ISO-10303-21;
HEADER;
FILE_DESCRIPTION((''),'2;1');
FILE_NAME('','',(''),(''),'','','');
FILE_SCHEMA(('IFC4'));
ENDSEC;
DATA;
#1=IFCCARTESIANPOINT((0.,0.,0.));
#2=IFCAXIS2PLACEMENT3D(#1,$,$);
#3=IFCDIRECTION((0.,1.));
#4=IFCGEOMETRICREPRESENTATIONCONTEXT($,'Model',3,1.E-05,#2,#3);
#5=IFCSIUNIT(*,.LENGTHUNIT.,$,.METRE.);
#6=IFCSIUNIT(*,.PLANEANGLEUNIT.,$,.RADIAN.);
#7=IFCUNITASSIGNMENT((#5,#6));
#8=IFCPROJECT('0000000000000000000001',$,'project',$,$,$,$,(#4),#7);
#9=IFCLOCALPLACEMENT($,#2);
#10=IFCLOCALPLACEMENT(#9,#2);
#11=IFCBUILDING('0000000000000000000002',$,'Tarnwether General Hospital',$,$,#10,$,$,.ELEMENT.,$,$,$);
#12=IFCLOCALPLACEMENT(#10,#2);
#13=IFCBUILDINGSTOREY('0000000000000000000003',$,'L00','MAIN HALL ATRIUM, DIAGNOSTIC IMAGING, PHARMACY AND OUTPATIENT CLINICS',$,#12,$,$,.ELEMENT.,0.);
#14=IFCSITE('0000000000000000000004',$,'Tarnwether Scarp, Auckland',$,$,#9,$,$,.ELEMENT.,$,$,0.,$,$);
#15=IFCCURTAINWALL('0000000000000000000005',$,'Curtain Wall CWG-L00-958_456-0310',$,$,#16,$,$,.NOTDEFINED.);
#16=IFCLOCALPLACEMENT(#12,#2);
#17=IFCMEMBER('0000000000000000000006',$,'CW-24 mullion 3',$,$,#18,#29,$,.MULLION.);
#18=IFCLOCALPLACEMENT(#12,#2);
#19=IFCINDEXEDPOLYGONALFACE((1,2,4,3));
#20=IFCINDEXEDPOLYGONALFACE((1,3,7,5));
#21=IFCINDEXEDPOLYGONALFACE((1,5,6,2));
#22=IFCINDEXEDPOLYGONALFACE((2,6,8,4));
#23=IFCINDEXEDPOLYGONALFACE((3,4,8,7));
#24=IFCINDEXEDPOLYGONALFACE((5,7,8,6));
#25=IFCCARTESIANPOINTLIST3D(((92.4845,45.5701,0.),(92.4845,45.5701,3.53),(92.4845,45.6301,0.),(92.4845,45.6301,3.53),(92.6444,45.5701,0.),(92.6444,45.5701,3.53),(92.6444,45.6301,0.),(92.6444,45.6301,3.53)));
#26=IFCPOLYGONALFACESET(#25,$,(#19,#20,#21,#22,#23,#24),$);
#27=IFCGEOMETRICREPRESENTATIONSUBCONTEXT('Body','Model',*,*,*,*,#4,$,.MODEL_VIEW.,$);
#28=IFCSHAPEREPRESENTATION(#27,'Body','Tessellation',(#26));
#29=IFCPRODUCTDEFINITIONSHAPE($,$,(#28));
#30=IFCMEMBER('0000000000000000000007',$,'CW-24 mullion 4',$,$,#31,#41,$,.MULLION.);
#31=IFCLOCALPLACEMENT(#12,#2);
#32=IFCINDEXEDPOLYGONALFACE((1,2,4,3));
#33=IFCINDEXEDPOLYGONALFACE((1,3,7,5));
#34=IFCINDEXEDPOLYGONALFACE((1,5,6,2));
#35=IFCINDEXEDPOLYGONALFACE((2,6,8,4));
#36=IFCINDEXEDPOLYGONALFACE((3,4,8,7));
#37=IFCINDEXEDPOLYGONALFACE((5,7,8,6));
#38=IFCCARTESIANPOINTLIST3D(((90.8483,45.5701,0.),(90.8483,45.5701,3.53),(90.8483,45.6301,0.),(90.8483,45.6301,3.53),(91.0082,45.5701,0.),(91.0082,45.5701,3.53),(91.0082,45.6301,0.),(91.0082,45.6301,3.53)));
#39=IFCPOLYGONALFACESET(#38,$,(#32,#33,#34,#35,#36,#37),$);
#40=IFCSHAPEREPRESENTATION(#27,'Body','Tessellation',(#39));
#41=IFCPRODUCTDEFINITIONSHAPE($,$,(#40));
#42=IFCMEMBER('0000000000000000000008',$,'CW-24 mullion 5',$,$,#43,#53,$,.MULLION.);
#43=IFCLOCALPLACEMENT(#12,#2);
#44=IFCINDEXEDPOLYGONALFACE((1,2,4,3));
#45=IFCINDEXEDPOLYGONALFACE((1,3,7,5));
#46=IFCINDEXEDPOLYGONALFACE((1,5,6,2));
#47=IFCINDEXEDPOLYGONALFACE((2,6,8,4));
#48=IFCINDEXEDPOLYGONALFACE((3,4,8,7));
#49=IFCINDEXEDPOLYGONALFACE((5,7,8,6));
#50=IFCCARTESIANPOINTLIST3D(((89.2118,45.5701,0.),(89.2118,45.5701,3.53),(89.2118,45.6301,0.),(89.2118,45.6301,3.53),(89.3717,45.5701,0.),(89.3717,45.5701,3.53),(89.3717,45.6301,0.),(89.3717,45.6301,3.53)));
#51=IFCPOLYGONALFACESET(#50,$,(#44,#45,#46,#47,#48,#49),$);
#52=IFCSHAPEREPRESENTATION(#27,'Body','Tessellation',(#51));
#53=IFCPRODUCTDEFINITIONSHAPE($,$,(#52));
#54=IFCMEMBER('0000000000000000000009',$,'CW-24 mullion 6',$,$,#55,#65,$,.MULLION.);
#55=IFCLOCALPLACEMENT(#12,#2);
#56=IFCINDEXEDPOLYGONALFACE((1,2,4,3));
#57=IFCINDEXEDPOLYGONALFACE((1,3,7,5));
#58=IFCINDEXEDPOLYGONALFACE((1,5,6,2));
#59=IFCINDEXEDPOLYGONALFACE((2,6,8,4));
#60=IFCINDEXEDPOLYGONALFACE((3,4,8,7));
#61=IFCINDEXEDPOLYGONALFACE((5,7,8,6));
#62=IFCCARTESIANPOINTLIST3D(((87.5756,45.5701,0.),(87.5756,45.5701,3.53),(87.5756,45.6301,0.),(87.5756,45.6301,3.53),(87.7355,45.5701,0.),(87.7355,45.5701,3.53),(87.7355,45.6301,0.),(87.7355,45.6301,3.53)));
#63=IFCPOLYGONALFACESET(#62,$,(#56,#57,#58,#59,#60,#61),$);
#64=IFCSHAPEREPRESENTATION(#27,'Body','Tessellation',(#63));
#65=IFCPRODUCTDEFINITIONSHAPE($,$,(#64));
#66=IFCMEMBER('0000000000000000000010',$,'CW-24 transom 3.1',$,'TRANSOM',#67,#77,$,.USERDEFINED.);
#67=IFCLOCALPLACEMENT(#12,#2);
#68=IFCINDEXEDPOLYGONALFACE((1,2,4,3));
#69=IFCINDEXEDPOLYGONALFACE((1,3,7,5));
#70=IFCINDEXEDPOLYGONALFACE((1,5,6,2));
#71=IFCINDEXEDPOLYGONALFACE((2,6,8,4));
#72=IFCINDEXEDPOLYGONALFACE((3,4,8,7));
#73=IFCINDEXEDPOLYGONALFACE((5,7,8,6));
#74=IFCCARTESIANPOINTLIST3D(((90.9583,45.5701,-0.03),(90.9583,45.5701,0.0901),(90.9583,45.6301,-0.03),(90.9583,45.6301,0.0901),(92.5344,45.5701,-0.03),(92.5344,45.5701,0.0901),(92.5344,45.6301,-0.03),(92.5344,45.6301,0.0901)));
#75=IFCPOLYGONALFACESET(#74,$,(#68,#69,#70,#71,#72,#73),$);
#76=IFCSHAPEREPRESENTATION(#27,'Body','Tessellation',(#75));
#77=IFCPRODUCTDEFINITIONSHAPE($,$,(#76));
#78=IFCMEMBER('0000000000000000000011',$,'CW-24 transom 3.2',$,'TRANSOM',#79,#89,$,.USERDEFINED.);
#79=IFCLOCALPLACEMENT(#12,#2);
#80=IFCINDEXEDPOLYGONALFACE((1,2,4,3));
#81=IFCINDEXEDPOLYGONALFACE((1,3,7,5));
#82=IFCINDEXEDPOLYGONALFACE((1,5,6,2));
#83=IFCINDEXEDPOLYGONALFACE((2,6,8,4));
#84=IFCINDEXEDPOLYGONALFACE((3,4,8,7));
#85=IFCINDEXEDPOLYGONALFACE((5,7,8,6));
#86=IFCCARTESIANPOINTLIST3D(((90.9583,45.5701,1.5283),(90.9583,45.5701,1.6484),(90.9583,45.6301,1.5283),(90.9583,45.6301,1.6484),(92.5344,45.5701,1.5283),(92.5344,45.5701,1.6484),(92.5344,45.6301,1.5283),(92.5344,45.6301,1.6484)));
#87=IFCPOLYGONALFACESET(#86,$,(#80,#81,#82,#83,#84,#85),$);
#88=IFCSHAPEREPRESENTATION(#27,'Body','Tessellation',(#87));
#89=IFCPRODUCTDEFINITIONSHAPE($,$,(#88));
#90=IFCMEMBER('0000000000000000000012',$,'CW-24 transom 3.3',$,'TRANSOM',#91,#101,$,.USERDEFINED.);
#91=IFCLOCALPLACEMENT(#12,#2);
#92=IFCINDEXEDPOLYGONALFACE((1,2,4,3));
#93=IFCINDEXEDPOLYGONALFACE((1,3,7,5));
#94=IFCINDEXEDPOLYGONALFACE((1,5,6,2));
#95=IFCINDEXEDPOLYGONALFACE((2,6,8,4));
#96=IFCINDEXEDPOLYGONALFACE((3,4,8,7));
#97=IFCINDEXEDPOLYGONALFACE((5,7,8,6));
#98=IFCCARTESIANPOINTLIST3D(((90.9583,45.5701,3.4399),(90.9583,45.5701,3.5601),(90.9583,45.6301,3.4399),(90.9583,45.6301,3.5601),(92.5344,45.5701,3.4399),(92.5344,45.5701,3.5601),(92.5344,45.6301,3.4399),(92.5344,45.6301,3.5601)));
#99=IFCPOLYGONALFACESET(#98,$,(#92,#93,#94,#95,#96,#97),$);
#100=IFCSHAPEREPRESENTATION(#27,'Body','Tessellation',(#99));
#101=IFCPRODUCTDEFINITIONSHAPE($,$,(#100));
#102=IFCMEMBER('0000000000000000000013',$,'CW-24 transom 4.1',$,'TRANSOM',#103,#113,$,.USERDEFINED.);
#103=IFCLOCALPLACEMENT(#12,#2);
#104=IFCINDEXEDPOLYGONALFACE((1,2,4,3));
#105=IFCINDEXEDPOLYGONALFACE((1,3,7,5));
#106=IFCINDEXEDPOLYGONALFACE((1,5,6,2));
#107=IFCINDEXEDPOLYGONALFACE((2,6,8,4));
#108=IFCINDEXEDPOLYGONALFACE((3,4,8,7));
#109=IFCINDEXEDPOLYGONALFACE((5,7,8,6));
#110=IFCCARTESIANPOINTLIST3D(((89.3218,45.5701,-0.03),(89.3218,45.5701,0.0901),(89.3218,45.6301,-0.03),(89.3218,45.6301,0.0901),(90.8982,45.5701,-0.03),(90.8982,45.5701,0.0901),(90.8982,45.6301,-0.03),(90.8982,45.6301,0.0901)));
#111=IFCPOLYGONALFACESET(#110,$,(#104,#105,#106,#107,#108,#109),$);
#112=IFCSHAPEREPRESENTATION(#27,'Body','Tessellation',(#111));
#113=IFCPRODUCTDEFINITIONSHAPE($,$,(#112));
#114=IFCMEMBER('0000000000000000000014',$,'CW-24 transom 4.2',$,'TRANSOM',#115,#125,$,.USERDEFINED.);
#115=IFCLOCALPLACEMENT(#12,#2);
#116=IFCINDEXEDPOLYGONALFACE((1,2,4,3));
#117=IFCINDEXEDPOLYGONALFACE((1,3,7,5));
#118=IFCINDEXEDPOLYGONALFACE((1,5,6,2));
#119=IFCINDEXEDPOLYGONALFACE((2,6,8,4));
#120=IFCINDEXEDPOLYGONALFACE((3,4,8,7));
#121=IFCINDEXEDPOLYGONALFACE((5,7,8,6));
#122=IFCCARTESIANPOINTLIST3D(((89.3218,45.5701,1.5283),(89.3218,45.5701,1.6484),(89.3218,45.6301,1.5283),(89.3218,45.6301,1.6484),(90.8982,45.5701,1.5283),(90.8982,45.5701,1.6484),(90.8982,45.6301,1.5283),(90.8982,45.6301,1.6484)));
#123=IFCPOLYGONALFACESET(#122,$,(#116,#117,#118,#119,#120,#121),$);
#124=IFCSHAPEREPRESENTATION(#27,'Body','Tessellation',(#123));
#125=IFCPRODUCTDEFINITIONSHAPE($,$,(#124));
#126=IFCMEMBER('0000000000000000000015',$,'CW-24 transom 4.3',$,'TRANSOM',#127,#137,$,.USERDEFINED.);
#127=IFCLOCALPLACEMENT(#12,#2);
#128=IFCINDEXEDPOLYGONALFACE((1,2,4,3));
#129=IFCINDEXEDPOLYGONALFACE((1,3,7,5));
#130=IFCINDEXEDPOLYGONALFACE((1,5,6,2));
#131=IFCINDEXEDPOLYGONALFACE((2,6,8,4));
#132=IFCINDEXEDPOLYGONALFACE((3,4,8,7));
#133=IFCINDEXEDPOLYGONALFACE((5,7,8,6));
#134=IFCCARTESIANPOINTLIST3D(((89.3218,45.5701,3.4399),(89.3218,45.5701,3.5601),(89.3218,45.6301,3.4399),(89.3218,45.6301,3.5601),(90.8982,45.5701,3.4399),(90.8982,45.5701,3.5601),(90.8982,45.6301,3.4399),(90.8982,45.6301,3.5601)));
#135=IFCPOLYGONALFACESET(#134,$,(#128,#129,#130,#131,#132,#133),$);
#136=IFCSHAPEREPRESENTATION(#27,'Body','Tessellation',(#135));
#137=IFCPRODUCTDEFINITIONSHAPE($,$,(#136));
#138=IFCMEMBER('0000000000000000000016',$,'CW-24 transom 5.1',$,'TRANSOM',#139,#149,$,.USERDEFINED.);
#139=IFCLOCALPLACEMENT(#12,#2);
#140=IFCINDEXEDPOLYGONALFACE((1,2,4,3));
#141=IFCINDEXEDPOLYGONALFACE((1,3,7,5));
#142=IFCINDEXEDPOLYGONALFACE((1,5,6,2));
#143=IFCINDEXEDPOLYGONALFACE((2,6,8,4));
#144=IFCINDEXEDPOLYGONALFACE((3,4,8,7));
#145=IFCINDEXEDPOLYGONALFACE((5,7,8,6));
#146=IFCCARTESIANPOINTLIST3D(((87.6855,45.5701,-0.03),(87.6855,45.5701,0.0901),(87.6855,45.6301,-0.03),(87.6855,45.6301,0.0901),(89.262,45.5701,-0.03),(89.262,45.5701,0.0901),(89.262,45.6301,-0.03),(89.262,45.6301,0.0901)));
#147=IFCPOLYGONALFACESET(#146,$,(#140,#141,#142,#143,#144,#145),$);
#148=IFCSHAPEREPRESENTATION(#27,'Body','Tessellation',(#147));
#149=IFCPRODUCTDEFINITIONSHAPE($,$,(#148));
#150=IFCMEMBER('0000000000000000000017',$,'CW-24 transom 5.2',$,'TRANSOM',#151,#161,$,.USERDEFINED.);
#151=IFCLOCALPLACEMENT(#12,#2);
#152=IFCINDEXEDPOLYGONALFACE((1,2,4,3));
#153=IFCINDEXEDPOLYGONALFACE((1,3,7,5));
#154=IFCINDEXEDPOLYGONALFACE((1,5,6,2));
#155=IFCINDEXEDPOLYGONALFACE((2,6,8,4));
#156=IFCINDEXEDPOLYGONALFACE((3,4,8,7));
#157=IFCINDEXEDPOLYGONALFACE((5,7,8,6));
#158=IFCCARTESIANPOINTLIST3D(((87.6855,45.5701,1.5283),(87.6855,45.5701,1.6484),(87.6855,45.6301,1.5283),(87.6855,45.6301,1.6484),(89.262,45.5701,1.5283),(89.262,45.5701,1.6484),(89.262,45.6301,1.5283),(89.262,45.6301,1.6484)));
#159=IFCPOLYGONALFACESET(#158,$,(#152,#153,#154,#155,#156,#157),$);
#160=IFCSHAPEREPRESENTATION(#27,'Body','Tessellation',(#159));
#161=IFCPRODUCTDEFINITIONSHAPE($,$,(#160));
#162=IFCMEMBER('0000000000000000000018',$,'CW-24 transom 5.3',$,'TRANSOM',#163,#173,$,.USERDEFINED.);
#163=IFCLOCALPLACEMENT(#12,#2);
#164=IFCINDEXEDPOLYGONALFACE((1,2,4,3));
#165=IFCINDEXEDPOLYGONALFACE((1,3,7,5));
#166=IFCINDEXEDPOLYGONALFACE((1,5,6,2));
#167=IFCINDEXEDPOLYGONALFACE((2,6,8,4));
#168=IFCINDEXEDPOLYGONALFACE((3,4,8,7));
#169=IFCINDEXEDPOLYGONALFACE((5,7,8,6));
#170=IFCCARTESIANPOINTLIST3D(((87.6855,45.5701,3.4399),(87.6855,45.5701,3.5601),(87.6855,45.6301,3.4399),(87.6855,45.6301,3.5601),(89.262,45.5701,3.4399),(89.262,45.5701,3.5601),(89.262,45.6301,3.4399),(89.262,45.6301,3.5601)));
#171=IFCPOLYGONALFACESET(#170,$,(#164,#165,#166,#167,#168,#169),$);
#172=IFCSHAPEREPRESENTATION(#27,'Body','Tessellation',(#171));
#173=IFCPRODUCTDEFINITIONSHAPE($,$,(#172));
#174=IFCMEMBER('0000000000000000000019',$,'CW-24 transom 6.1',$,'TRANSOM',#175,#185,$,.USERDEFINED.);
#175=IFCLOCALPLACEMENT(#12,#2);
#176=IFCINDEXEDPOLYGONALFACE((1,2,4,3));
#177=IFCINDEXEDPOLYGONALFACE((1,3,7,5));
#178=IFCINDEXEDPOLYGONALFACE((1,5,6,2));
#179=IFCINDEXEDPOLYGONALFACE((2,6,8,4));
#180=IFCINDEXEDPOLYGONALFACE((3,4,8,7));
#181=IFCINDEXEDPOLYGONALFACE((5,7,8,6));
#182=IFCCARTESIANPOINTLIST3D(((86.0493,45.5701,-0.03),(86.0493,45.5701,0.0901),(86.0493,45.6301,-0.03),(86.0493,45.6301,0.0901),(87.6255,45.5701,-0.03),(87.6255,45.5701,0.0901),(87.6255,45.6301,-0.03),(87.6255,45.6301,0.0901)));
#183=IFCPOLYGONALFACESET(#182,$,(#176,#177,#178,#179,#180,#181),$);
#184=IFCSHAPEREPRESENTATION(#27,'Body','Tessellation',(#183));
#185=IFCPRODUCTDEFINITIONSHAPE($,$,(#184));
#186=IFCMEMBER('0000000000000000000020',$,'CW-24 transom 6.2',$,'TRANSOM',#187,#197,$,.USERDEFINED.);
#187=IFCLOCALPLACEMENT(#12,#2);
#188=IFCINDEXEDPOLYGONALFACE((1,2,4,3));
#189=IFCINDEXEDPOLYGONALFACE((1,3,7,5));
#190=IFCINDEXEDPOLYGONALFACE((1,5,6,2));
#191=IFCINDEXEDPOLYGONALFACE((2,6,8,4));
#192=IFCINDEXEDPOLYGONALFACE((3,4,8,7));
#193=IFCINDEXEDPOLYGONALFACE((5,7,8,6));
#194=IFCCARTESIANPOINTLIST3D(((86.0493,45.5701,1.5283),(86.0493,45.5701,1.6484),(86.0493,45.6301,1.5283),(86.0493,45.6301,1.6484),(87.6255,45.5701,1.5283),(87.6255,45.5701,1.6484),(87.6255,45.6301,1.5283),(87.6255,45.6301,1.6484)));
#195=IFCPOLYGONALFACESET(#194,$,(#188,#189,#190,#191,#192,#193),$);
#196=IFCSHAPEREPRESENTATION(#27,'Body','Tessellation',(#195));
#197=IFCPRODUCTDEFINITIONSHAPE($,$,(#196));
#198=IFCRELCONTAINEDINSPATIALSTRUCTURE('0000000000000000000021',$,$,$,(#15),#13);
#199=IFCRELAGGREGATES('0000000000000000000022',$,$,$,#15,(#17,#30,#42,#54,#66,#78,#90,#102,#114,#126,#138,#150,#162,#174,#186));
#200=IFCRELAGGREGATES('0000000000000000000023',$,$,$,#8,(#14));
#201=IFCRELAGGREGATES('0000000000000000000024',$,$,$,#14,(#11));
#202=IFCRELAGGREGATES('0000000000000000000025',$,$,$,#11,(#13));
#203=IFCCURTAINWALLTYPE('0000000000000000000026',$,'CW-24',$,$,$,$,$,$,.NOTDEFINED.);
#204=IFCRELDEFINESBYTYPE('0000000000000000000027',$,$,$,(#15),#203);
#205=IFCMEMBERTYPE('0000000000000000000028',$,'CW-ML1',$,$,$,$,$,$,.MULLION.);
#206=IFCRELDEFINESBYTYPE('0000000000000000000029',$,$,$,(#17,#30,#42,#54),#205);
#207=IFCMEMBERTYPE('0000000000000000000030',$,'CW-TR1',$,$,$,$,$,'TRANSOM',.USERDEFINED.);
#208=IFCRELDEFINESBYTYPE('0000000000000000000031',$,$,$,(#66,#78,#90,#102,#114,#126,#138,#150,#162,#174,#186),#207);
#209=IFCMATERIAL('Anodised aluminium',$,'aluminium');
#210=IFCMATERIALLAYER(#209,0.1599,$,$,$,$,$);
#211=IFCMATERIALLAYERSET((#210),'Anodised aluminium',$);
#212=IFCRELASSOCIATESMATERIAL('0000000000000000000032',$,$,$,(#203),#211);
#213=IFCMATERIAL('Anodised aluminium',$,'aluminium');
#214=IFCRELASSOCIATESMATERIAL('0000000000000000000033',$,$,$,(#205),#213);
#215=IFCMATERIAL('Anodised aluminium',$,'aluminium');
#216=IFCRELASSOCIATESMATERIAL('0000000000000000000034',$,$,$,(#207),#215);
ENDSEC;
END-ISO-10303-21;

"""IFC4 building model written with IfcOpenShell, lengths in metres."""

from ifc_helpers import new_model, si_unit, direction, frame, origin, origin_2d, place, context, subcontext, project, spatial, rectangle, extrude, material, layer, layer_set, material_profile, profile_set, type_object, element, aggregate, save


model = new_model("IFC4")

# Units and contexts
model_context = context("Model", 3, precision=1e-05, world=origin(), true_north=direction((0.0, 1.0)))
body_context = subcontext(model_context, "Body", "Model", "MODEL_VIEW")
ifc_project = project(units=[si_unit("LENGTHUNIT", "METRE"), si_unit("PLANEANGLEUNIT", "RADIAN")], contexts=[model_context])

# Site, building, storey
site_placement = place(None, origin())
site = spatial("IfcSite", under=ifc_project, at=site_placement, Name="Tarnwether Scarp, Auckland", CompositionType="ELEMENT", RefElevation=0.0)
building_placement = place(site_placement, origin())
building = spatial("IfcBuilding", under=site, at=building_placement, Name="Tarnwether General Hospital", CompositionType="ELEMENT")
storey_placement = place(building_placement, origin())
storey = spatial("IfcBuildingStorey", under=building, at=storey_placement, Name="L00", Description="MAIN HALL ATRIUM, DIAGNOSTIC IMAGING, PHARMACY AND OUTPATIENT CLINICS", CompositionType="ELEMENT", Elevation=0.0)

# Curtain wall, members
ifc_material_1 = material(Name="Anodised aluminium", Category="aluminium")
ifc_layer_1 = layer(ifc_material_1, 0.1599)
ifc_layer_set_1 = layer_set([ifc_layer_1], Name="Anodised aluminium")
curtain_wall_type = type_object("IfcCurtainWallType", Name="CW-24", PredefinedType="NOTDEFINED", material=ifc_layer_set_1)
curtain_wall_placement = place(storey_placement, origin())
curtain_wall = element("IfcCurtainWall", 1, at=curtain_wall_placement, inside=storey, type_object=curtain_wall_type, Name="Curtain Wall CWG-L00-958_456-0310", PredefinedType="NOTDEFINED")
ifc_material_2 = material(Name="Anodised aluminium", Category="aluminium")
ifc_material_profile_1 = material_profile(ifc_material_2, rectangle(XDim=0.0601, YDim=0.1599, at=origin_2d()), Name="ALU-MUL-60x160")
ifc_profile_set_1 = profile_set([ifc_material_profile_1], Name="Anodised aluminium")
member_type_1 = type_object("IfcMemberType", Name="CW-ML1", PredefinedType="MULLION", material=ifc_profile_set_1)
member_1_placement = place(storey_placement, frame((92.5645, 45.6001, 0.0), z_axis=(0.0, 0.0, 1.0), x_axis=(0.0, -1.0, 0.0)))
member_1 = element("IfcMember", 2, at=member_1_placement, type_object=member_type_1, Name="CW-24 mullion 3", PredefinedType="MULLION", context=body_context, shape_type="SweptSolid", body=[
    extrude(rectangle(XDim=0.0601, YDim=0.1599, at=origin_2d()), origin(), (0.0, 0.0, 1.0), 3.53),
])
member_2_placement = place(storey_placement, frame((90.9282, 45.6001, 0.0), z_axis=(0.0, 0.0, 1.0), x_axis=(0.0, -1.0, 0.0)))
member_2 = element("IfcMember", 3, at=member_2_placement, type_object=member_type_1, Name="CW-24 mullion 4", PredefinedType="MULLION", context=body_context, shape_type="SweptSolid", body=[
    extrude(rectangle(XDim=0.0601, YDim=0.1599, at=origin_2d()), origin(), (0.0, 0.0, 1.0), 3.53),
])
member_3_placement = place(storey_placement, frame((89.2917, 45.6001, 0.0), z_axis=(0.0, 0.0, 1.0), x_axis=(0.0, -1.0, 0.0)))
member_3 = element("IfcMember", 4, at=member_3_placement, type_object=member_type_1, Name="CW-24 mullion 5", PredefinedType="MULLION", context=body_context, shape_type="SweptSolid", body=[
    extrude(rectangle(XDim=0.0601, YDim=0.1599, at=origin_2d()), origin(), (0.0, 0.0, 1.0), 3.53),
])
member_4_placement = place(storey_placement, frame((87.6555, 45.6001, 0.0), z_axis=(0.0, 0.0, 1.0), x_axis=(0.0, -1.0, 0.0)))
member_4 = element("IfcMember", 5, at=member_4_placement, type_object=member_type_1, Name="CW-24 mullion 6", PredefinedType="MULLION", context=body_context, shape_type="SweptSolid", body=[
    extrude(rectangle(XDim=0.0601, YDim=0.1599, at=origin_2d()), origin(), (0.0, 0.0, 1.0), 3.53),
])
ifc_material_3 = material(Name="Anodised aluminium", Category="aluminium")
ifc_material_profile_2 = material_profile(ifc_material_3, rectangle(XDim=0.0601, YDim=0.1201, at=origin_2d()), Name="ALU-TRN-60x120")
ifc_profile_set_2 = profile_set([ifc_material_profile_2], Name="Anodised aluminium")
member_type_2 = type_object("IfcMemberType", Name="CW-TR1", ElementType="TRANSOM", PredefinedType="USERDEFINED", material=ifc_profile_set_2)
member_5_placement = place(storey_placement, frame((92.5344, 45.6001, 0.03), z_axis=(-1.0, 0.0, 0.0), x_axis=(0.0, -1.0, 0.0)))
member_5 = element("IfcMember", 6, at=member_5_placement, type_object=member_type_2, Name="CW-24 transom 3.1", ObjectType="TRANSOM", PredefinedType="USERDEFINED", context=body_context, shape_type="SweptSolid", body=[
    extrude(rectangle(XDim=0.0601, YDim=0.1201, at=origin_2d()), origin(), (0.0, 0.0, 1.0), 1.5762),
])
member_6_placement = place(storey_placement, frame((92.5344, 45.6001, 1.5884), z_axis=(-1.0, 0.0, 0.0), x_axis=(0.0, -1.0, 0.0)))
member_6 = element("IfcMember", 7, at=member_6_placement, type_object=member_type_2, Name="CW-24 transom 3.2", ObjectType="TRANSOM", PredefinedType="USERDEFINED", context=body_context, shape_type="SweptSolid", body=[
    extrude(rectangle(XDim=0.0601, YDim=0.1201, at=origin_2d()), origin(), (0.0, 0.0, 1.0), 1.5762),
])
member_7_placement = place(storey_placement, frame((92.5344, 45.6001, 3.5), z_axis=(-1.0, 0.0, 0.0), x_axis=(0.0, -1.0, 0.0)))
member_7 = element("IfcMember", 8, at=member_7_placement, type_object=member_type_2, Name="CW-24 transom 3.3", ObjectType="TRANSOM", PredefinedType="USERDEFINED", context=body_context, shape_type="SweptSolid", body=[
    extrude(rectangle(XDim=0.0601, YDim=0.1201, at=origin_2d()), origin(), (0.0, 0.0, 1.0), 1.5762),
])
member_8_placement = place(storey_placement, frame((90.8982, 45.6001, 0.03), z_axis=(-1.0, 0.0, 0.0), x_axis=(0.0, -1.0, 0.0)))
member_8 = element("IfcMember", 9, at=member_8_placement, type_object=member_type_2, Name="CW-24 transom 4.1", ObjectType="TRANSOM", PredefinedType="USERDEFINED", context=body_context, shape_type="SweptSolid", body=[
    extrude(rectangle(XDim=0.0601, YDim=0.1201, at=origin_2d()), origin(), (0.0, 0.0, 1.0), 1.5764),
])
member_9_placement = place(storey_placement, frame((90.8982, 45.6001, 1.5884), z_axis=(-1.0, 0.0, 0.0), x_axis=(0.0, -1.0, 0.0)))
member_9 = element("IfcMember", 10, at=member_9_placement, type_object=member_type_2, Name="CW-24 transom 4.2", ObjectType="TRANSOM", PredefinedType="USERDEFINED", context=body_context, shape_type="SweptSolid", body=[
    extrude(rectangle(XDim=0.0601, YDim=0.1201, at=origin_2d()), origin(), (0.0, 0.0, 1.0), 1.5764),
])
member_10_placement = place(storey_placement, frame((90.8982, 45.6001, 3.5), z_axis=(-1.0, 0.0, 0.0), x_axis=(0.0, -1.0, 0.0)))
member_10 = element("IfcMember", 11, at=member_10_placement, type_object=member_type_2, Name="CW-24 transom 4.3", ObjectType="TRANSOM", PredefinedType="USERDEFINED", context=body_context, shape_type="SweptSolid", body=[
    extrude(rectangle(XDim=0.0601, YDim=0.1201, at=origin_2d()), origin(), (0.0, 0.0, 1.0), 1.5764),
])
member_11_placement = place(storey_placement, frame((89.262, 45.6001, 0.03), z_axis=(-1.0, 0.0, 0.0), x_axis=(0.0, -1.0, 0.0)))
member_11 = element("IfcMember", 12, at=member_11_placement, type_object=member_type_2, Name="CW-24 transom 5.1", ObjectType="TRANSOM", PredefinedType="USERDEFINED", context=body_context, shape_type="SweptSolid", body=[
    extrude(rectangle(XDim=0.0601, YDim=0.1201, at=origin_2d()), origin(), (0.0, 0.0, 1.0), 1.5764),
])
member_12_placement = place(storey_placement, frame((89.262, 45.6001, 1.5884), z_axis=(-1.0, 0.0, 0.0), x_axis=(0.0, -1.0, 0.0)))
member_12 = element("IfcMember", 13, at=member_12_placement, type_object=member_type_2, Name="CW-24 transom 5.2", ObjectType="TRANSOM", PredefinedType="USERDEFINED", context=body_context, shape_type="SweptSolid", body=[
    extrude(rectangle(XDim=0.0601, YDim=0.1201, at=origin_2d()), origin(), (0.0, 0.0, 1.0), 1.5764),
])
member_13_placement = place(storey_placement, frame((89.262, 45.6001, 3.5), z_axis=(-1.0, 0.0, 0.0), x_axis=(0.0, -1.0, 0.0)))
member_13 = element("IfcMember", 14, at=member_13_placement, type_object=member_type_2, Name="CW-24 transom 5.3", ObjectType="TRANSOM", PredefinedType="USERDEFINED", context=body_context, shape_type="SweptSolid", body=[
    extrude(rectangle(XDim=0.0601, YDim=0.1201, at=origin_2d()), origin(), (0.0, 0.0, 1.0), 1.5764),
])
member_14_placement = place(storey_placement, frame((87.6255, 45.6001, 0.03), z_axis=(-1.0, 0.0, 0.0), x_axis=(0.0, -1.0, 0.0)))
member_14 = element("IfcMember", 15, at=member_14_placement, type_object=member_type_2, Name="CW-24 transom 6.1", ObjectType="TRANSOM", PredefinedType="USERDEFINED", context=body_context, shape_type="SweptSolid", body=[
    extrude(rectangle(XDim=0.0601, YDim=0.1201, at=origin_2d()), origin(), (0.0, 0.0, 1.0), 1.5762),
])
member_15_placement = place(storey_placement, frame((87.6255, 45.6001, 1.5884), z_axis=(-1.0, 0.0, 0.0), x_axis=(0.0, -1.0, 0.0)))
member_15 = element("IfcMember", 16, at=member_15_placement, type_object=member_type_2, Name="CW-24 transom 6.2", ObjectType="TRANSOM", PredefinedType="USERDEFINED", context=body_context, shape_type="SweptSolid", body=[
    extrude(rectangle(XDim=0.0601, YDim=0.1201, at=origin_2d()), origin(), (0.0, 0.0, 1.0), 1.5762),
])
aggregate(curtain_wall, [member_1, member_2, member_3, member_4, member_5, member_6, member_7, member_8, member_9, member_10, member_11, member_12, member_13, member_14, member_15])

save(model, "model.ifc")
